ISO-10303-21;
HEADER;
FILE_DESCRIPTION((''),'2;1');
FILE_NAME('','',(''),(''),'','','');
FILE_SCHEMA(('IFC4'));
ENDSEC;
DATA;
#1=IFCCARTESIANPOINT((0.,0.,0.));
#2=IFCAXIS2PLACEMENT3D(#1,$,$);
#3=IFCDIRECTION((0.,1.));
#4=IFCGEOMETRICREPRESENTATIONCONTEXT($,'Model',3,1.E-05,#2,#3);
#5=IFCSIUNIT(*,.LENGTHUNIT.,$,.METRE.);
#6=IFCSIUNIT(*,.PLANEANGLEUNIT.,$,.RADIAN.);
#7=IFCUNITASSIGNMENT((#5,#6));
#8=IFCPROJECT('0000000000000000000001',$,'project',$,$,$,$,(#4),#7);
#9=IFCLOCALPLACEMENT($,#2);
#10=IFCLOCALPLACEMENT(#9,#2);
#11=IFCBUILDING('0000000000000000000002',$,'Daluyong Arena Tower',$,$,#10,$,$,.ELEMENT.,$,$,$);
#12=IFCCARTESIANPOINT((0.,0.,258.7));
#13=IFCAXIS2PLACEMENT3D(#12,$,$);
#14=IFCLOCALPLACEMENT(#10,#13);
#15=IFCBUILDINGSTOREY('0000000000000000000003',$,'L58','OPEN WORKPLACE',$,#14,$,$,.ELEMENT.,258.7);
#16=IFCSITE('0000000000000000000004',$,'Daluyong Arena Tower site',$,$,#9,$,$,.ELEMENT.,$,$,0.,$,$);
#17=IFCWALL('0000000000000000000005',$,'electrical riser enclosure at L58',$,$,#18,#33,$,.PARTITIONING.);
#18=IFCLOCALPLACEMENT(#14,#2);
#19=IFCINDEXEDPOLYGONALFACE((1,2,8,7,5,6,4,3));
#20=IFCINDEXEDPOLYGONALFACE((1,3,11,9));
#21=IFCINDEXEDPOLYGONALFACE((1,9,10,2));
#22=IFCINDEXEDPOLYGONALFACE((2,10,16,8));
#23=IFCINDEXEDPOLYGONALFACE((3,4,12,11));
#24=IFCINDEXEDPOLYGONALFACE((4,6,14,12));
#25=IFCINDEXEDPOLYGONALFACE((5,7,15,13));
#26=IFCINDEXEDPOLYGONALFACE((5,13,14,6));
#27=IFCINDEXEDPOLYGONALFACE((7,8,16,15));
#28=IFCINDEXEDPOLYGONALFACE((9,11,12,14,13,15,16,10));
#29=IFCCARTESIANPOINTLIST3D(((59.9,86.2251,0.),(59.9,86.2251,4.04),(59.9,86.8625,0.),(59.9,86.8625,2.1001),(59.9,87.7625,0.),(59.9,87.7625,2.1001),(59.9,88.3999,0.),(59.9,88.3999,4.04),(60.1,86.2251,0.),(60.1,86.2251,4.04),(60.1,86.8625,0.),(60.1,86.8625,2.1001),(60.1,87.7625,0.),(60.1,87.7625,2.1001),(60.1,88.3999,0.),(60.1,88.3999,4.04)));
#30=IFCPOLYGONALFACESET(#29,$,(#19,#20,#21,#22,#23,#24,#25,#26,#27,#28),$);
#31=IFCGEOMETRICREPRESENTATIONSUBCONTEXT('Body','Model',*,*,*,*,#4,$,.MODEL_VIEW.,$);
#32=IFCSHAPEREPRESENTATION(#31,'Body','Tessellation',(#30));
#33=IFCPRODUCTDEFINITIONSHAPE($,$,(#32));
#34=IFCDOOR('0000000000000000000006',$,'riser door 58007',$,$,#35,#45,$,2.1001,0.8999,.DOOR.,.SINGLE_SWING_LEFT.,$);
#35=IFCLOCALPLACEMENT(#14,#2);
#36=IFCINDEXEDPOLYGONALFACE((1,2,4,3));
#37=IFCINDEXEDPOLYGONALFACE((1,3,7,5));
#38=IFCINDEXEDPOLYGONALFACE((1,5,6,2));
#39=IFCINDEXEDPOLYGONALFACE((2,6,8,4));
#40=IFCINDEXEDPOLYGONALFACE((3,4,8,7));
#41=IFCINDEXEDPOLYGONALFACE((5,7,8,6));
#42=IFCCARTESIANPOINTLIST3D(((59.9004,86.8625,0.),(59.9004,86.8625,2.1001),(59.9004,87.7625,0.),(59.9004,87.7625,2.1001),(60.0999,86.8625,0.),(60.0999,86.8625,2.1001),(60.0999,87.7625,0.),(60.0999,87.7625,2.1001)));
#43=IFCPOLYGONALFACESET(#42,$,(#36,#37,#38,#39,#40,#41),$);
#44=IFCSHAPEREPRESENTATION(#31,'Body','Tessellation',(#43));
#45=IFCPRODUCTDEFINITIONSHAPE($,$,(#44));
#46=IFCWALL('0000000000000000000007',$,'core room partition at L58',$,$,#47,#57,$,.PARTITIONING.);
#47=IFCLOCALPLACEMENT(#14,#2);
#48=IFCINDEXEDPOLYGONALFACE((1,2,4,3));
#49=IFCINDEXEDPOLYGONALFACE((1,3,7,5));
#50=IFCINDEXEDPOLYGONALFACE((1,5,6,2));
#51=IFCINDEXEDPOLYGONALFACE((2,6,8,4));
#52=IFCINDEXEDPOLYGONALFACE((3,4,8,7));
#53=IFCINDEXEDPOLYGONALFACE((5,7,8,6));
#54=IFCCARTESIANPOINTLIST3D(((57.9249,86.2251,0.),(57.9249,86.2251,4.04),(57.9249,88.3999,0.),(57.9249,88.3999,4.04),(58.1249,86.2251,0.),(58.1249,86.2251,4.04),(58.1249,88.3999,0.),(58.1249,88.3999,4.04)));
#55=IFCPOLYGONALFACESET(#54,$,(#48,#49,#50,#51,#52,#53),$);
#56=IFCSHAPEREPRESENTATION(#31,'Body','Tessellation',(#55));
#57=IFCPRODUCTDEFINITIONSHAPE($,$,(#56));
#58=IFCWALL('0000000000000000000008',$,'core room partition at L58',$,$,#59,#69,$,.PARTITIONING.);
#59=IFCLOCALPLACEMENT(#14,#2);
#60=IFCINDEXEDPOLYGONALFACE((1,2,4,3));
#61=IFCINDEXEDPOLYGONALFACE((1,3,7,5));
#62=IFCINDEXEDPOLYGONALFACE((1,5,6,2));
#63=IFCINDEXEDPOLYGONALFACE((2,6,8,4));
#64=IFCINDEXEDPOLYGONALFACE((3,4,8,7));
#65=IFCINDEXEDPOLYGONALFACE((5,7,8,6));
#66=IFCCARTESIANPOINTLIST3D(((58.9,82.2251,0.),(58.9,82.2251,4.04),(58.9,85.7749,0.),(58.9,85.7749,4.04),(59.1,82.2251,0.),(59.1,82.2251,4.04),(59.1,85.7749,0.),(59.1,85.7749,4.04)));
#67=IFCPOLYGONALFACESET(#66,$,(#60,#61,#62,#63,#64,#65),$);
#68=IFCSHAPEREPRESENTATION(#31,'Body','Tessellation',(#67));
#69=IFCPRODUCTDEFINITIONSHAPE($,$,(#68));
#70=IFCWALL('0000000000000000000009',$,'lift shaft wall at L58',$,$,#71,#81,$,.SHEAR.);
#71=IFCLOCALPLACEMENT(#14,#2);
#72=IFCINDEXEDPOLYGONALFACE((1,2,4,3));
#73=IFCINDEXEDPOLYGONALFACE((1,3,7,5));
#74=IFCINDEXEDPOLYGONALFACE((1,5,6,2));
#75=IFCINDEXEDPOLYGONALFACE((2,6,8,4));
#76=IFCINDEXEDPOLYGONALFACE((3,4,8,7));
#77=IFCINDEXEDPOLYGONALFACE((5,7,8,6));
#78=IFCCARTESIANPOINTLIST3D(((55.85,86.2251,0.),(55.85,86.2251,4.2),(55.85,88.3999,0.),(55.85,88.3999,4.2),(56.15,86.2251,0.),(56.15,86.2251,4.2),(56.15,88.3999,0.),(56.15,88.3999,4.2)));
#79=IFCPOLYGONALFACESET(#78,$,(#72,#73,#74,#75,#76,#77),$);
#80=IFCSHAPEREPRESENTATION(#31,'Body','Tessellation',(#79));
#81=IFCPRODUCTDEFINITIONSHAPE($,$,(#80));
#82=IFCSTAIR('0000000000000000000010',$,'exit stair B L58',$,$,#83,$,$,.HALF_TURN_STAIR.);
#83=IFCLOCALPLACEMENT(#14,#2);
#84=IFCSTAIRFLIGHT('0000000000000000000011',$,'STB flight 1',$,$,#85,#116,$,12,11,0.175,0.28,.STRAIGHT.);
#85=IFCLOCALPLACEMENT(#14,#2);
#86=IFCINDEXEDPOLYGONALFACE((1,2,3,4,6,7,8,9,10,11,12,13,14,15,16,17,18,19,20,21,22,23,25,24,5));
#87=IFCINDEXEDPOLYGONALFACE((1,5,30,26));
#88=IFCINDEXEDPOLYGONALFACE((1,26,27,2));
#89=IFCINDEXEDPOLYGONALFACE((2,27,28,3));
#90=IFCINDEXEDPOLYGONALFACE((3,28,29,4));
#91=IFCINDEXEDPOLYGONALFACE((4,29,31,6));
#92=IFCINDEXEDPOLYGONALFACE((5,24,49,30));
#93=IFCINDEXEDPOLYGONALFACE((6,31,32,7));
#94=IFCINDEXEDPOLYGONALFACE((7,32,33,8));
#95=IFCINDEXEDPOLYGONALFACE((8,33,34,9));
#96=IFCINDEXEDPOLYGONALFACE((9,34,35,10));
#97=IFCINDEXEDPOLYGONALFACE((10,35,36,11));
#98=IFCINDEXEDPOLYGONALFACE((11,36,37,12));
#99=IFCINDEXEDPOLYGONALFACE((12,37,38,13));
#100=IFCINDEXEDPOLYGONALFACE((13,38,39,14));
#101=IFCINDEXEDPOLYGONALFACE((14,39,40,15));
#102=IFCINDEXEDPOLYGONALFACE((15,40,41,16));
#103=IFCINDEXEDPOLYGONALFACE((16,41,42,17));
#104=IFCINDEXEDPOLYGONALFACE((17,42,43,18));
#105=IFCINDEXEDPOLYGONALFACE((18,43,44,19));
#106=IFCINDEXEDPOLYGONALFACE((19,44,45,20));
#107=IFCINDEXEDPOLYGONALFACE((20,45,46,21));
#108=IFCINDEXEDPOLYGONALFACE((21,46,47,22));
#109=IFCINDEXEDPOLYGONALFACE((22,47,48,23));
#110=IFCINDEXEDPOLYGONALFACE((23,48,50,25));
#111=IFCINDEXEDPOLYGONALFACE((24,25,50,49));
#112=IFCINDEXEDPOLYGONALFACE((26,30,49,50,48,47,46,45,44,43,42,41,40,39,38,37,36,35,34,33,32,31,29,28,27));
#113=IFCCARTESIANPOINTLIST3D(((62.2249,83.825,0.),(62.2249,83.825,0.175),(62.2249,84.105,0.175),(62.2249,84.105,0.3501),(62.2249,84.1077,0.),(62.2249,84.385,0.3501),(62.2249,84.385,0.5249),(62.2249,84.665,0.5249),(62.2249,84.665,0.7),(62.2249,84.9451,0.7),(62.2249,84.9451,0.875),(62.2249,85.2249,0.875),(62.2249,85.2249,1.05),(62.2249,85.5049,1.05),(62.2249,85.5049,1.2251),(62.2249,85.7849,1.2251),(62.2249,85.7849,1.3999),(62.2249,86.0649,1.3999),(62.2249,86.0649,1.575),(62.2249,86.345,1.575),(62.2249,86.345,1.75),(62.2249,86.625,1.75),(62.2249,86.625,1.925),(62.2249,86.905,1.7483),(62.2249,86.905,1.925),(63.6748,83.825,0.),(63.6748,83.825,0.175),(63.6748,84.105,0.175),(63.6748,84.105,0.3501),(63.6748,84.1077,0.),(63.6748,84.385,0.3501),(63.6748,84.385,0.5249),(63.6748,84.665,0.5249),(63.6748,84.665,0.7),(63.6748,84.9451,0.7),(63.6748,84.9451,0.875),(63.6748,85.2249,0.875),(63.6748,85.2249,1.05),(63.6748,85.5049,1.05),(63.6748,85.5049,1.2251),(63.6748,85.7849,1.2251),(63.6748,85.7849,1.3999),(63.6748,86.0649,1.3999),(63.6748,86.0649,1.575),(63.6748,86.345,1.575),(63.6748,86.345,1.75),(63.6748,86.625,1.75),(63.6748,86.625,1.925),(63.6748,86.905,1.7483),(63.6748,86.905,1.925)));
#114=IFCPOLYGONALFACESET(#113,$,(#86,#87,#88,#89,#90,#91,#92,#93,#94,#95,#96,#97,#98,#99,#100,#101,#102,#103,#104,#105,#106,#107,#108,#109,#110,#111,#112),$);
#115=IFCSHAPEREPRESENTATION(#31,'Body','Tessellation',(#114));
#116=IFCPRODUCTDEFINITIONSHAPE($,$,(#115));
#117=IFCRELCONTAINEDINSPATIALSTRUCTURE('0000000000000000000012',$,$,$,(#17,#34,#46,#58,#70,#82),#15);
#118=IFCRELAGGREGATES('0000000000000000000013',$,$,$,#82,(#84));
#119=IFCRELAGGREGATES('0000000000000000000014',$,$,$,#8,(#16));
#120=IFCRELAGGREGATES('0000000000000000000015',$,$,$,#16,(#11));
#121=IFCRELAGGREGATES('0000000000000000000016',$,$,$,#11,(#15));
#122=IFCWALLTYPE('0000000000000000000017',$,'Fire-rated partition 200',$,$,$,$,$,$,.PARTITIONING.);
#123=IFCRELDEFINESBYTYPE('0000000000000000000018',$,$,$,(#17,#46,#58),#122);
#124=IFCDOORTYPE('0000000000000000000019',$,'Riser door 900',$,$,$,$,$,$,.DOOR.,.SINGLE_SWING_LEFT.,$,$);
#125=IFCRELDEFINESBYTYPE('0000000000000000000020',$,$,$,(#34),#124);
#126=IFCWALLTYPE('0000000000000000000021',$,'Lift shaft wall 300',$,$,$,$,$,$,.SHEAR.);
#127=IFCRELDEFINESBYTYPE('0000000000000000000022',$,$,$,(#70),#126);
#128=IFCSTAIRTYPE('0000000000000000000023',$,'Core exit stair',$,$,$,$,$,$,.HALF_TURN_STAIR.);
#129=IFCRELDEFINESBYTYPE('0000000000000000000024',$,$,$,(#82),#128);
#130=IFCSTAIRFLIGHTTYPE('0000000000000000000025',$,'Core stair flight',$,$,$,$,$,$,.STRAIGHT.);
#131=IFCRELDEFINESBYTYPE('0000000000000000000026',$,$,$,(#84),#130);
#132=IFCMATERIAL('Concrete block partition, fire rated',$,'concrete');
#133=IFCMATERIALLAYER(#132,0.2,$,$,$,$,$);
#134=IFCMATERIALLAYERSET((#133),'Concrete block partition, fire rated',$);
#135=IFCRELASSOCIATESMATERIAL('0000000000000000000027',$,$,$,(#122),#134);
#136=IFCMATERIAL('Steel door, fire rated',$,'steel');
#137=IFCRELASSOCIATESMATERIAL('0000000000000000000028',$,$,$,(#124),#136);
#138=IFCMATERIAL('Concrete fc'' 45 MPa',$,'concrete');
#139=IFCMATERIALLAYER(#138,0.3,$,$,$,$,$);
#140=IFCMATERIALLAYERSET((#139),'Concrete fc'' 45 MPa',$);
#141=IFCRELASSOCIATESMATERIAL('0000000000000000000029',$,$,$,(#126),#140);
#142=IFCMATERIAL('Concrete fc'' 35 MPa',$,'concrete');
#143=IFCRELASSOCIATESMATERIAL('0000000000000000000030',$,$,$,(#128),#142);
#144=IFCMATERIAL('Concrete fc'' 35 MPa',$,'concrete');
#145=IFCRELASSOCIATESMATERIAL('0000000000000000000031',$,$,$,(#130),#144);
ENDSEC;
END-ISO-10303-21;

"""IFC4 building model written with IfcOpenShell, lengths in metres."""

from ifc_helpers import new_model, si_unit, direction, frame, frame_2d, origin, place, context, subcontext, project, spatial, polyline, rectangle, outline, extrude, material, layer, layer_set, type_object, element, fill, aggregate, save


model = new_model("IFC4")

# Units and contexts
model_context = context("Model", 3, precision=1e-05, world=origin(), true_north=direction((0.0, 1.0)))
body_context = subcontext(model_context, "Body", "Model", "MODEL_VIEW")
ifc_project = project(units=[si_unit("LENGTHUNIT", "METRE"), si_unit("PLANEANGLEUNIT", "RADIAN")], contexts=[model_context])

# Site, building, storey
site_placement = place(None, origin())
site = spatial("IfcSite", under=ifc_project, at=site_placement, Name="Daluyong Arena Tower site", CompositionType="ELEMENT", RefElevation=0.0)
building_placement = place(site_placement, origin())
building = spatial("IfcBuilding", under=site, at=building_placement, Name="Daluyong Arena Tower", CompositionType="ELEMENT")
storey_placement = place(building_placement, frame((0.0, 0.0, 258.7)))
storey = spatial("IfcBuildingStorey", under=building, at=storey_placement, Name="L58", Description="OPEN WORKPLACE", CompositionType="ELEMENT", Elevation=258.7)

# Wall, opening, door
ifc_material_1 = material(Name="Concrete block partition, fire rated", Category="concrete")
ifc_layer_1 = layer(ifc_material_1, 0.2)
ifc_layer_set_1 = layer_set([ifc_layer_1], Name="Concrete block partition, fire rated")
wall_type_1 = type_object("IfcWallType", Name="Fire-rated partition 200", PredefinedType="PARTITIONING", material=ifc_layer_set_1)
wall_1_placement = place(storey_placement, frame((60.0, 86.2251, 0.0), z_axis=(0.0, 0.0, 1.0), x_axis=(0.0, 1.0, 0.0)))
wall_1 = element("IfcWall", 1, at=wall_1_placement, inside=storey, type_object=wall_type_1, Name="electrical riser enclosure at L58", PredefinedType="PARTITIONING", context=body_context, shape_type="SweptSolid", body=[
    extrude(rectangle(XDim=2.1748, YDim=0.2, at=frame_2d((1.0874, 0.0))), origin(), (0.0, 0.0, 1.0), 4.04),
])
opening_1_placement = place(wall_1_placement, frame((0.6375, 0.0, 0.0)))
opening_1 = element("IfcOpeningElement", 2, at=opening_1_placement, cuts=wall_1, PredefinedType="OPENING", context=body_context, shape_type="SweptSolid", body=[
    extrude(rectangle(XDim=0.8999, YDim=2.1001, at=frame_2d((0.45, 1.05))), frame((0.0, 0.1099, 0.0), z_axis=(0.0, -1.0, 0.0), x_axis=(1.0, 0.0, 0.0)), (0.0, 0.0, 1.0), 0.22),
])
ifc_material_2 = material(Name="Steel door, fire rated", Category="steel")
door_type_1 = type_object("IfcDoorType", Name="Riser door 900", OperationType="SINGLE_SWING_LEFT", PredefinedType="DOOR", material=ifc_material_2)
door_1_placement = place(opening_1_placement, origin())
door_1 = element("IfcDoor", 3, at=door_1_placement, inside=storey, type_object=door_type_1, Name="riser door 58007", OperationType="SINGLE_SWING_LEFT", OverallHeight=2.1001, OverallWidth=0.8999, PredefinedType="DOOR", context=body_context, shape_type="SweptSolid", body=[
    extrude(rectangle(XDim=0.8999, YDim=2.1001, at=frame_2d((0.45, 1.05))), frame((0.0, 0.0996, 0.0), z_axis=(0.0, -1.0, 0.0), x_axis=(1.0, 0.0, 0.0)), (0.0, 0.0, 1.0), 0.1995),
])
fill(opening_1, door_1)

# Walls
wall_2_placement = place(storey_placement, frame((58.0249, 86.2251, 0.0), z_axis=(0.0, 0.0, 1.0), x_axis=(0.0, 1.0, 0.0)))
element("IfcWall", 4, at=wall_2_placement, inside=storey, type_object=wall_type_1, Name="core room partition at L58", PredefinedType="PARTITIONING", context=body_context, shape_type="SweptSolid", body=[
    extrude(rectangle(XDim=2.1748, YDim=0.2, at=frame_2d((1.0874, 0.0))), origin(), (0.0, 0.0, 1.0), 4.04),
])
wall_3_placement = place(storey_placement, frame((59.0, 82.2251, 0.0), z_axis=(0.0, 0.0, 1.0), x_axis=(0.0, 1.0, 0.0)))
element("IfcWall", 5, at=wall_3_placement, inside=storey, type_object=wall_type_1, Name="core room partition at L58", PredefinedType="PARTITIONING", context=body_context, shape_type="SweptSolid", body=[
    extrude(rectangle(XDim=3.5498, YDim=0.2, at=frame_2d((1.7749, 0.0))), origin(), (0.0, 0.0, 1.0), 4.04),
])
ifc_material_3 = material(Name="Concrete fc' 45 MPa", Category="concrete")
ifc_layer_2 = layer(ifc_material_3, 0.3)
ifc_layer_set_2 = layer_set([ifc_layer_2], Name="Concrete fc' 45 MPa")
wall_type_2 = type_object("IfcWallType", Name="Lift shaft wall 300", PredefinedType="SHEAR", material=ifc_layer_set_2)
wall_4_placement = place(storey_placement, frame((56.0, 86.2251, 0.0), z_axis=(0.0, 0.0, 1.0), x_axis=(0.0, 1.0, 0.0)))
element("IfcWall", 6, at=wall_4_placement, inside=storey, type_object=wall_type_2, Name="lift shaft wall at L58", PredefinedType="SHEAR", context=body_context, shape_type="SweptSolid", body=[
    extrude(rectangle(XDim=2.1748, YDim=0.3, at=frame_2d((1.0874, 0.0))), origin(), (0.0, 0.0, 1.0), 4.2),
])

# Stair, stair flight
ifc_material_4 = material(Name="Concrete fc' 35 MPa", Category="concrete")
stair_type = type_object("IfcStairType", Name="Core exit stair", PredefinedType="HALF_TURN_STAIR", material=ifc_material_4)
stair_placement = place(storey_placement, origin())
stair = element("IfcStair", 7, at=stair_placement, inside=storey, type_object=stair_type, Name="exit stair B L58", PredefinedType="HALF_TURN_STAIR")
ifc_material_5 = material(Name="Concrete fc' 35 MPa", Category="concrete")
stair_flight_type = type_object("IfcStairFlightType", Name="Core stair flight", PredefinedType="STRAIGHT", material=ifc_material_5)
stair_flight_placement = place(storey_placement, frame((62.95, 83.825, 0.0), z_axis=(0.0, 0.0, 1.0), x_axis=(0.0, 1.0, 0.0)))
stair_flight = element("IfcStairFlight", 8, at=stair_flight_placement, type_object=stair_flight_type, Name="STB flight 1", NumberOfRisers=12, NumberOfTreads=11, PredefinedType="STRAIGHT", RiserHeight=0.175, TreadLength=0.28, context=body_context, shape_type="SweptSolid", body=[
    extrude(outline(polyline([(0.0, 0.0), (0.0, 0.175), (0.28, 0.175), (0.28, 0.3501), (0.5601, 0.3501), (0.5601, 0.5249), (0.8401, 0.5249), (0.8401, 0.7), (1.1201, 0.7), (1.1201, 0.875), (1.3999, 0.875), (1.3999, 1.05), (1.6799, 1.05), (1.6799, 1.2251), (1.96, 1.2251), (1.96, 1.3999), (2.24, 1.3999), (2.24, 1.575), (2.52, 1.575), (2.52, 1.75), (2.8, 1.75), (2.8, 1.925), (3.0801, 1.925), (3.0801, 2.1001), (3.0801, 1.7483), (0.2827, 0.0), (0.0, 0.0)])), frame((0.0, 0.7251, 0.0), z_axis=(0.0, -1.0, 0.0), x_axis=(1.0, 0.0, 0.0)), (0.0, 0.0, 1.0), 1.45),
])
aggregate(stair, [stair_flight])

save(model, "model.ifc")
